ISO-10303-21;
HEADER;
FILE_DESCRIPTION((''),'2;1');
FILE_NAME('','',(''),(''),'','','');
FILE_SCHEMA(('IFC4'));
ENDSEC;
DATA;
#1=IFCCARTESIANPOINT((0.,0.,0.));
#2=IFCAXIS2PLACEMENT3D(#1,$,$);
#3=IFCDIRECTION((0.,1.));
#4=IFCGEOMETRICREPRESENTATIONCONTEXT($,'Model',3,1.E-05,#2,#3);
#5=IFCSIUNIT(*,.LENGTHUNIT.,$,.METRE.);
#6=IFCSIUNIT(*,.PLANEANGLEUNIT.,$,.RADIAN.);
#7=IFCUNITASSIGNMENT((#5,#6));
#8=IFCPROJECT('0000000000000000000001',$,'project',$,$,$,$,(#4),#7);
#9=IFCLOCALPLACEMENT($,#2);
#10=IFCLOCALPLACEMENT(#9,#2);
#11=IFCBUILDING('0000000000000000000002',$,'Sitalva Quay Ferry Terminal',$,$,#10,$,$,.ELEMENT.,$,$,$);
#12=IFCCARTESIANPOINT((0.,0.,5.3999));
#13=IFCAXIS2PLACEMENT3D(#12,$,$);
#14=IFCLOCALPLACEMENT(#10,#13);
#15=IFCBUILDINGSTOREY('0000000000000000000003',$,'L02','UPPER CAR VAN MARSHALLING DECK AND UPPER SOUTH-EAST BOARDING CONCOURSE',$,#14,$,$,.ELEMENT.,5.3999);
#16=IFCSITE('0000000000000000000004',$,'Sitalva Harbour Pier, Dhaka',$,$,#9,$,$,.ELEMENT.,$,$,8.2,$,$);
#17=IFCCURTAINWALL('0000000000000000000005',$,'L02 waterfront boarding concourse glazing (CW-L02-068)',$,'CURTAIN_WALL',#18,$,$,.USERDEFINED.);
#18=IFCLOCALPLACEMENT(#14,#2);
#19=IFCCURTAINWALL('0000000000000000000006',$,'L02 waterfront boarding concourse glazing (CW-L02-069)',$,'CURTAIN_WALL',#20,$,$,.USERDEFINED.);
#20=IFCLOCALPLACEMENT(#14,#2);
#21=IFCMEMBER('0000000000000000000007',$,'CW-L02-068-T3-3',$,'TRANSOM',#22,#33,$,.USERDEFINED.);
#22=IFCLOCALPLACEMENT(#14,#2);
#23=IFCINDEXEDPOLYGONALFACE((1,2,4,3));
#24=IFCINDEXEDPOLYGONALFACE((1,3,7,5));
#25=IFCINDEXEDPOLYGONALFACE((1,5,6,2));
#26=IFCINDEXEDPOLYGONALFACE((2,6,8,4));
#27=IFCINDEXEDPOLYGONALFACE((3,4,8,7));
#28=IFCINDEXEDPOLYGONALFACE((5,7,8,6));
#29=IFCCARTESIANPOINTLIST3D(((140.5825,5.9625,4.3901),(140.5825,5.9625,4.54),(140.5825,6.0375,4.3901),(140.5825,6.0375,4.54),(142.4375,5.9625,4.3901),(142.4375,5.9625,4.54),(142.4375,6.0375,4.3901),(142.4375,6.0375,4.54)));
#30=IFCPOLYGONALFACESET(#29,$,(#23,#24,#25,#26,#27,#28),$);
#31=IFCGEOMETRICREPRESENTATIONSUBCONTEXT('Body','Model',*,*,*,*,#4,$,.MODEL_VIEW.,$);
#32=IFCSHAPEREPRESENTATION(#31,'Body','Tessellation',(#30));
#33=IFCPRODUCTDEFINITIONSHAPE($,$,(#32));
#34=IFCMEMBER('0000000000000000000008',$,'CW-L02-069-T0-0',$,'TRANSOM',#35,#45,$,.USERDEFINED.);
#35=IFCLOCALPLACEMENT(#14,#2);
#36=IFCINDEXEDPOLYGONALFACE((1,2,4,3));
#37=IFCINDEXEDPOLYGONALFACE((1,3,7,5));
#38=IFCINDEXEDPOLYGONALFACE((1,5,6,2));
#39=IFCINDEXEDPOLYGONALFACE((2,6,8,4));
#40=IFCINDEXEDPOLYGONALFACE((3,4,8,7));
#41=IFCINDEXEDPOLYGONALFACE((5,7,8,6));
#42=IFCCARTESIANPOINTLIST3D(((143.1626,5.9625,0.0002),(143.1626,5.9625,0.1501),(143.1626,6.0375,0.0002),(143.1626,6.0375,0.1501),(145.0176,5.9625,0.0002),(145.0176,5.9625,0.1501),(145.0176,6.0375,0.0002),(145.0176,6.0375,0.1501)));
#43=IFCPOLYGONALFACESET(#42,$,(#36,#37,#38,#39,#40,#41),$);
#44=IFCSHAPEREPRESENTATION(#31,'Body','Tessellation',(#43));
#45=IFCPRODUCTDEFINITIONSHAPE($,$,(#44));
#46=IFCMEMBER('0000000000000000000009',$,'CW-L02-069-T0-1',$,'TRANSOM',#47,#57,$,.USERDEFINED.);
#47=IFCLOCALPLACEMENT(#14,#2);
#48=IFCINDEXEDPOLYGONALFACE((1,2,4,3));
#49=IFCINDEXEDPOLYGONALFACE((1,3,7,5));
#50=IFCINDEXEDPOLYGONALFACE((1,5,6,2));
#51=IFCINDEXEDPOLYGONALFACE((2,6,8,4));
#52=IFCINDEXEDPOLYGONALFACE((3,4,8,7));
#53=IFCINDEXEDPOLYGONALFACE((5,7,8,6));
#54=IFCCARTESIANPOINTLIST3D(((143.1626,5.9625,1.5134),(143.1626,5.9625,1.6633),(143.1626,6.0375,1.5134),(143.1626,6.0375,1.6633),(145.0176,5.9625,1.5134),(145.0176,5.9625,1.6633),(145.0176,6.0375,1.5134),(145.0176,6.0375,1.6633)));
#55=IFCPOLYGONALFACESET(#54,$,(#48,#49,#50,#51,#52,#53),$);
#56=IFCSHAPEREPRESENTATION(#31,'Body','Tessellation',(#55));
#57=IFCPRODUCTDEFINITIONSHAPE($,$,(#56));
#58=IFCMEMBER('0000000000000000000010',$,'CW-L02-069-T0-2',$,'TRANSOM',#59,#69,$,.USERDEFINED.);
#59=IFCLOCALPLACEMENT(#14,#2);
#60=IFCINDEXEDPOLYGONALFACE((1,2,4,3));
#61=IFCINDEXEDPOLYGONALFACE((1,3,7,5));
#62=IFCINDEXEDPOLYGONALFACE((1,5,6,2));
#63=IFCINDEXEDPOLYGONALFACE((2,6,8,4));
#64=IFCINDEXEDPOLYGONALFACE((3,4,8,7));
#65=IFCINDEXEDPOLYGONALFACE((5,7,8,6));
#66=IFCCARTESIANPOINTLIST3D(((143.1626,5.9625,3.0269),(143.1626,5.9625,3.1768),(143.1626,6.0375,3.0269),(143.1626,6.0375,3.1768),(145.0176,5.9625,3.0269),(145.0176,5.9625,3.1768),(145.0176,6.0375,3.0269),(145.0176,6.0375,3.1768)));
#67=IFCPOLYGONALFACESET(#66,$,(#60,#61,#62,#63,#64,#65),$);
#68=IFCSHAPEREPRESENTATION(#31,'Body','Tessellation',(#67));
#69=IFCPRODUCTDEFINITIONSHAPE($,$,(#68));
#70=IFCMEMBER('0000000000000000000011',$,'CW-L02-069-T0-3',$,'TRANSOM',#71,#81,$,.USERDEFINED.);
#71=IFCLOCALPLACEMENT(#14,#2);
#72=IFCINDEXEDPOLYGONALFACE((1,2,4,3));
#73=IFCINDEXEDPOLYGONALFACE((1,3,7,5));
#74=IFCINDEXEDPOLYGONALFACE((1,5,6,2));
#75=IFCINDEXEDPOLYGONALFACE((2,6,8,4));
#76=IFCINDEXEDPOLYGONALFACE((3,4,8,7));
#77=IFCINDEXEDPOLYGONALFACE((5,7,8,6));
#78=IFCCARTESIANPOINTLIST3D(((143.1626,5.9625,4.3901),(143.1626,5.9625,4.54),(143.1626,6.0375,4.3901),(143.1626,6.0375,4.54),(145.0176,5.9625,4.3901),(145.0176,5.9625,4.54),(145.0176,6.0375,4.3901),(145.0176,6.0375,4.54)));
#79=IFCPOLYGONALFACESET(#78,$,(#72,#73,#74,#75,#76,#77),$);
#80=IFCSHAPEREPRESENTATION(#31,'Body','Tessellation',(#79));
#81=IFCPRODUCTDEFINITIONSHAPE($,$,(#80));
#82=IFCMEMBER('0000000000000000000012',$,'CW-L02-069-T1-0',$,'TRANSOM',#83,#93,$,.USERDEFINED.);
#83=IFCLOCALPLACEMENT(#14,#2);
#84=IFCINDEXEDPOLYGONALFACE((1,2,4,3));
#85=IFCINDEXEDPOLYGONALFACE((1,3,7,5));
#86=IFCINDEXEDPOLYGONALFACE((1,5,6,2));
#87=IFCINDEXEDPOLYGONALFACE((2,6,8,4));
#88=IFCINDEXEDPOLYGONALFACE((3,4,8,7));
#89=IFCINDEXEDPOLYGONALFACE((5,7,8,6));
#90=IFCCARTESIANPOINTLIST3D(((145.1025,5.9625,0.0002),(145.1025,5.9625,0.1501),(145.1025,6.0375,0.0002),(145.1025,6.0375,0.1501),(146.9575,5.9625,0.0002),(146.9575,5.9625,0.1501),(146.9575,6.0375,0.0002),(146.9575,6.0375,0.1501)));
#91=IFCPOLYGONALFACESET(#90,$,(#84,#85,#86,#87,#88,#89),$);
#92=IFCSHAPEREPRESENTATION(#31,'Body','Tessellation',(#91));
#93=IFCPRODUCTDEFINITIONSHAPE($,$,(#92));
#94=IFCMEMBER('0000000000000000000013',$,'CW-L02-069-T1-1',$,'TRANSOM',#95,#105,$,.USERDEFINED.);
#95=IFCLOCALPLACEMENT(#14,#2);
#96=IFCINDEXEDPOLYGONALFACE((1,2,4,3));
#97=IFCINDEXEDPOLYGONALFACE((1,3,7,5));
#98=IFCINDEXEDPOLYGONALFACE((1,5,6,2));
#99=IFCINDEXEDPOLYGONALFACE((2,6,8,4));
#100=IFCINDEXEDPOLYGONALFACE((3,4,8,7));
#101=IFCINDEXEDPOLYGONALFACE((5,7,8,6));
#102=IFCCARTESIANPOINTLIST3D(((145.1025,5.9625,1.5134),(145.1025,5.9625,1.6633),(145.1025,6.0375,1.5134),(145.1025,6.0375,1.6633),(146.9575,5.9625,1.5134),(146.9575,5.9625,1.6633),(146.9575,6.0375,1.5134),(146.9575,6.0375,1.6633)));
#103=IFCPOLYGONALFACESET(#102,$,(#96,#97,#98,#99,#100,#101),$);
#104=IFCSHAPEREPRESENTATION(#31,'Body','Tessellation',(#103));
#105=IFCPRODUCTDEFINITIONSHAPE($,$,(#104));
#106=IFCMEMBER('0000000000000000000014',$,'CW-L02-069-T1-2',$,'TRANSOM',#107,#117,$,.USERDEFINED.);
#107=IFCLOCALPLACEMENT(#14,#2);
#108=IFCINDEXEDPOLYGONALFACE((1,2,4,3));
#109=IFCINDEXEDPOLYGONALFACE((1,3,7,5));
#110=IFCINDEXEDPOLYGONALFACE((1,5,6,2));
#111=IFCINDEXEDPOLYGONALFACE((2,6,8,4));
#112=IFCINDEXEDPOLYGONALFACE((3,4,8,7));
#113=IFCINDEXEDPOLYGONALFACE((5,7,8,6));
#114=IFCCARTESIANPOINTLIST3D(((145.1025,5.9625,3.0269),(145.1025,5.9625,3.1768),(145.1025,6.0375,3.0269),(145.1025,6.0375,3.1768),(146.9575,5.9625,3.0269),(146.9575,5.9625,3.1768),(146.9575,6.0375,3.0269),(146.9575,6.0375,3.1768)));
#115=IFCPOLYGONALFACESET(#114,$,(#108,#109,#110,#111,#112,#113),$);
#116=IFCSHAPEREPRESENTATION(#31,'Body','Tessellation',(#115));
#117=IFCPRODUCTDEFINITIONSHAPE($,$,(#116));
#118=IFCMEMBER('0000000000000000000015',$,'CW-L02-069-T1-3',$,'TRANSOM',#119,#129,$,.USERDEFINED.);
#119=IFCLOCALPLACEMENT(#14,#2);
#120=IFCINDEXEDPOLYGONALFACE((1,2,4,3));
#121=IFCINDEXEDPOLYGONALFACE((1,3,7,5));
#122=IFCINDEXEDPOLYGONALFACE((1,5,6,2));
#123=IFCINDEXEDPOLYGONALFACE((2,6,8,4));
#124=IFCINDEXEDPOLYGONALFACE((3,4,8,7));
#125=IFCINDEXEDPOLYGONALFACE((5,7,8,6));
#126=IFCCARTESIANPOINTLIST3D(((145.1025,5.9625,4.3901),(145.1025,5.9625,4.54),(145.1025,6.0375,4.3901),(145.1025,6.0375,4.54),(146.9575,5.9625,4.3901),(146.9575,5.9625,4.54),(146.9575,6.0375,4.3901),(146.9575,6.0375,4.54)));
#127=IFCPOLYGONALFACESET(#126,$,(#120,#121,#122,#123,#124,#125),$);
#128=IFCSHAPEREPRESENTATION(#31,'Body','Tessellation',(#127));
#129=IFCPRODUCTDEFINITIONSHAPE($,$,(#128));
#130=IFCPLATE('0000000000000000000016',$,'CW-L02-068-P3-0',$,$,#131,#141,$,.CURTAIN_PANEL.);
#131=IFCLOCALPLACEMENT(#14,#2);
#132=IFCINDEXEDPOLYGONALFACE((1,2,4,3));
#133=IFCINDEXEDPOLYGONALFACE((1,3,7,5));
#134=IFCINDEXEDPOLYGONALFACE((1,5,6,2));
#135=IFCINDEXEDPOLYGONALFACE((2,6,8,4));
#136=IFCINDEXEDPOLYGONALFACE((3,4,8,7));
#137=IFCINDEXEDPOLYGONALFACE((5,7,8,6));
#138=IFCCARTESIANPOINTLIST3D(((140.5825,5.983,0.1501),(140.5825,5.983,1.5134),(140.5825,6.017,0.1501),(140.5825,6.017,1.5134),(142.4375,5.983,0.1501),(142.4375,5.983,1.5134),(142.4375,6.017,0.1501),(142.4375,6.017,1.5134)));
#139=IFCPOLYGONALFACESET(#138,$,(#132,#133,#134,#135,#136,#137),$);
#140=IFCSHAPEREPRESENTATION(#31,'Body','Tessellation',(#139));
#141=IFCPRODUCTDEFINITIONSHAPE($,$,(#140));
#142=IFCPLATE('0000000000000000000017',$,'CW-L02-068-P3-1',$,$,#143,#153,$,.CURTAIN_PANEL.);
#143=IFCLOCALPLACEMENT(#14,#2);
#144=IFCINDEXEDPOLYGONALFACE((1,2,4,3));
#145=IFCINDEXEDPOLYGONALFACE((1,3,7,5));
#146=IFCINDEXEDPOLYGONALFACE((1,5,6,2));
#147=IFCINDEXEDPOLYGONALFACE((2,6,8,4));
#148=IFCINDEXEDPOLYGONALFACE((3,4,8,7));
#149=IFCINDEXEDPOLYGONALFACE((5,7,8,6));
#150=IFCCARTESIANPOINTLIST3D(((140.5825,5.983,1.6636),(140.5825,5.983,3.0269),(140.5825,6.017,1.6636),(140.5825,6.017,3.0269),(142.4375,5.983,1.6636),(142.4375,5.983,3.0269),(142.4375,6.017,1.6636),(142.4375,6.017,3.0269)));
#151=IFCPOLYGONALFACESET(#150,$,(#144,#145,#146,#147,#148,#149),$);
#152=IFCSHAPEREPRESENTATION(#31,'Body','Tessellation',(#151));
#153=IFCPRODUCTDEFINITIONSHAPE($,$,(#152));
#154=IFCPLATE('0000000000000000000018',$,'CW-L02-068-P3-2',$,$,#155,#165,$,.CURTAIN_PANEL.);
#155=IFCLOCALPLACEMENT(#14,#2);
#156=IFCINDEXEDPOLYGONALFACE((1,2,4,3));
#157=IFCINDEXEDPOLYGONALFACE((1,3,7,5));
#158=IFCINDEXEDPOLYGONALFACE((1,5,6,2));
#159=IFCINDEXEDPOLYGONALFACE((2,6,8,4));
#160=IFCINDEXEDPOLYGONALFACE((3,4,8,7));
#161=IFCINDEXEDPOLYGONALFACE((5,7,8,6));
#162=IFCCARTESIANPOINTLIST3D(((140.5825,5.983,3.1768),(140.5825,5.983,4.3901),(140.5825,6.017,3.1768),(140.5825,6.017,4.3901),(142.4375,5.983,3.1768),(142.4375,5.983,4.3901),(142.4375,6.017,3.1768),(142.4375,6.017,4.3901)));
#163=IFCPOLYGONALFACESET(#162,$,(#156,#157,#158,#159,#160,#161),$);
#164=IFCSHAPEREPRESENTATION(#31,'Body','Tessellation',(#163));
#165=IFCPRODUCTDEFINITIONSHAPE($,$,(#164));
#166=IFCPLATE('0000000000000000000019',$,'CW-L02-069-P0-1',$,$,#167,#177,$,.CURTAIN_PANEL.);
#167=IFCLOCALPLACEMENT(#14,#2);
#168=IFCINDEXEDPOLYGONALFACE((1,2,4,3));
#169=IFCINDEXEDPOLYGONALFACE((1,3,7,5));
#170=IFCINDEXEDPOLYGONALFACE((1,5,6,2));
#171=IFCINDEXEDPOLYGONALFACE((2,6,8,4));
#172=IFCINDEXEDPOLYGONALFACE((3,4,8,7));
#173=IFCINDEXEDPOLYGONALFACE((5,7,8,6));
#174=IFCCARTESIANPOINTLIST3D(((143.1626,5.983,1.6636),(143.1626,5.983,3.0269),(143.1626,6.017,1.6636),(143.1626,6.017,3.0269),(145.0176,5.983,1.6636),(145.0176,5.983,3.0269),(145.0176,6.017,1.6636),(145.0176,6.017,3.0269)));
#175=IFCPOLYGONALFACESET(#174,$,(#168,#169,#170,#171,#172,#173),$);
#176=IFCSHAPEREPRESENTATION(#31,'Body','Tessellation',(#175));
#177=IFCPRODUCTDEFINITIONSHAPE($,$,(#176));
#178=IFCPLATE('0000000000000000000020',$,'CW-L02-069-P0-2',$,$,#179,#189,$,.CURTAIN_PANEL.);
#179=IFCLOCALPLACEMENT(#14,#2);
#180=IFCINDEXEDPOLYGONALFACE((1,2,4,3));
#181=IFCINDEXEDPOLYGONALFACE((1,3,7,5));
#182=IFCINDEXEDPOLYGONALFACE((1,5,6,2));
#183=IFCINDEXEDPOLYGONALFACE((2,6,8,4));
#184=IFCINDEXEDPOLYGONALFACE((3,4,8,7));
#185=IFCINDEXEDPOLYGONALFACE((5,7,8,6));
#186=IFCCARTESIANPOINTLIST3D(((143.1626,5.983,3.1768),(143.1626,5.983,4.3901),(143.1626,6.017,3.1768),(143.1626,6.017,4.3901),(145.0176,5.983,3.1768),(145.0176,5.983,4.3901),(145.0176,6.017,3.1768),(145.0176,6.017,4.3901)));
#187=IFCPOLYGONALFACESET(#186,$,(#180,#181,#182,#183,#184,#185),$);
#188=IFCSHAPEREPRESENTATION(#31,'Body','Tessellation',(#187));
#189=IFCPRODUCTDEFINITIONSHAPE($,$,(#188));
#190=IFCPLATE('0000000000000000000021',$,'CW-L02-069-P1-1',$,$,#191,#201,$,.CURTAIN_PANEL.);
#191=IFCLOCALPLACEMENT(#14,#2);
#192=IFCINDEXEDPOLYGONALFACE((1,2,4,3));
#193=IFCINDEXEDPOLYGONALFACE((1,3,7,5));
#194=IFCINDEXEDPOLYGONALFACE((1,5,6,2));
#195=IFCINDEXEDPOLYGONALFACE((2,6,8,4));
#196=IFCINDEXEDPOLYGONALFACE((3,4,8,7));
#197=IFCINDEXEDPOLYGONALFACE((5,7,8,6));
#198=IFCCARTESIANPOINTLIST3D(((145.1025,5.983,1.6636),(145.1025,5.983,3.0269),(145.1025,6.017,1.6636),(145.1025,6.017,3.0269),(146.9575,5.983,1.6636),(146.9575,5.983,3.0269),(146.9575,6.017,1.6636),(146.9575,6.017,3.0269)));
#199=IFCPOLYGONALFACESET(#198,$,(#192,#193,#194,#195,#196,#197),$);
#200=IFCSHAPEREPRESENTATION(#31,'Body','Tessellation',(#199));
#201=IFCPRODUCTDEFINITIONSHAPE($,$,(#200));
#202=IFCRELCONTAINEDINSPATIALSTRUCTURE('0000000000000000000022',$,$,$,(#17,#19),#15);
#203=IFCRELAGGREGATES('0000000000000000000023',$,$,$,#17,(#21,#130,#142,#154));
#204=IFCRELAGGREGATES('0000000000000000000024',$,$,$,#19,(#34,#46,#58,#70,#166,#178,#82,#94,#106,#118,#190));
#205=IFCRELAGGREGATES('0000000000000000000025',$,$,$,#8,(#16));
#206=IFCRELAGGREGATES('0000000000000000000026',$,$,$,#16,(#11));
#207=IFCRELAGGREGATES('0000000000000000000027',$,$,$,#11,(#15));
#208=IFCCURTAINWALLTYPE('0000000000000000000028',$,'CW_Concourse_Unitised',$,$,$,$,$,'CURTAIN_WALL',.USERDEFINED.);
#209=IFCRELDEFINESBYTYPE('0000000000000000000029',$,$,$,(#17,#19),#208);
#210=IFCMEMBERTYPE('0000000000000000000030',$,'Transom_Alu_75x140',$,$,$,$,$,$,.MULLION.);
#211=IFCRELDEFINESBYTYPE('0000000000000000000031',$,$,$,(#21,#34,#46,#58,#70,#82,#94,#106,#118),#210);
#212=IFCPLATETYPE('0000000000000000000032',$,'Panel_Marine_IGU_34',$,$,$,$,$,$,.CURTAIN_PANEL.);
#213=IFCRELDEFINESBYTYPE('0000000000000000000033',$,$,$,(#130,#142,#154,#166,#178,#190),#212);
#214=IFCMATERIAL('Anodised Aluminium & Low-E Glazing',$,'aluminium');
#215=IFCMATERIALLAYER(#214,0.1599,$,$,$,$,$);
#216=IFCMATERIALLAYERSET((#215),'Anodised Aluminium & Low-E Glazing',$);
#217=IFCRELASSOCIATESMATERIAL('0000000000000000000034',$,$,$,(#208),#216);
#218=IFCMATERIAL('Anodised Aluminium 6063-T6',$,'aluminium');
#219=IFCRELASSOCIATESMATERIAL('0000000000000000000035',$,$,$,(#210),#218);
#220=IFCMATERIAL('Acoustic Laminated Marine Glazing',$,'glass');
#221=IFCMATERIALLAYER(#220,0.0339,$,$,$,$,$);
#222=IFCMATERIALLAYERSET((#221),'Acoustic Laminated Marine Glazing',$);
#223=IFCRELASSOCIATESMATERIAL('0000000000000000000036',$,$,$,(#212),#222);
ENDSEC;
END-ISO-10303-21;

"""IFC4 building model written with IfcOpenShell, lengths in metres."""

from ifc_helpers import new_model, si_unit, direction, frame, origin, origin_2d, place, context, subcontext, project, spatial, rectangle, extrude, material, layer, layer_set, material_profile, profile_set, type_object, element, aggregate, save


model = new_model("IFC4")

# Units and contexts
model_context = context("Model", 3, precision=1e-05, world=origin(), true_north=direction((0.0, 1.0)))
body_context = subcontext(model_context, "Body", "Model", "MODEL_VIEW")
ifc_project = project(units=[si_unit("LENGTHUNIT", "METRE"), si_unit("PLANEANGLEUNIT", "RADIAN")], contexts=[model_context])

# Site, building, storey
site_placement = place(None, origin())
site = spatial("IfcSite", under=ifc_project, at=site_placement, Name="Sitalva Harbour Pier, Dhaka", CompositionType="ELEMENT", RefElevation=8.2)
building_placement = place(site_placement, origin())
building = spatial("IfcBuilding", under=site, at=building_placement, Name="Sitalva Quay Ferry Terminal", CompositionType="ELEMENT")
storey_placement = place(building_placement, frame((0.0, 0.0, 5.3999)))
storey = spatial("IfcBuildingStorey", under=building, at=storey_placement, Name="L02", Description="UPPER CAR VAN MARSHALLING DECK AND UPPER SOUTH-EAST BOARDING CONCOURSE", CompositionType="ELEMENT", Elevation=5.3999)

# Curtain wall
ifc_material_1 = material(Name="Anodised Aluminium & Low-E Glazing", Category="aluminium")
ifc_layer_1 = layer(ifc_material_1, 0.1599)
ifc_layer_set_1 = layer_set([ifc_layer_1], Name="Anodised Aluminium & Low-E Glazing")
curtain_wall_type = type_object("IfcCurtainWallType", Name="CW_Concourse_Unitised", ElementType="CURTAIN_WALL", PredefinedType="USERDEFINED", material=ifc_layer_set_1)
curtain_wall_1_placement = place(storey_placement, origin())
curtain_wall_1 = element("IfcCurtainWall", 1, at=curtain_wall_1_placement, inside=storey, type_object=curtain_wall_type, Name="L02 waterfront boarding concourse glazing (CW-L02-068)", ObjectType="CURTAIN_WALL", PredefinedType="USERDEFINED")

# Curtain wall
curtain_wall_2_placement = place(storey_placement, origin())
curtain_wall_2 = element("IfcCurtainWall", 2, at=curtain_wall_2_placement, inside=storey, type_object=curtain_wall_type, Name="L02 waterfront boarding concourse glazing (CW-L02-069)", ObjectType="CURTAIN_WALL", PredefinedType="USERDEFINED")

# Members
ifc_material_2 = material(Name="Anodised Aluminium 6063-T6", Category="aluminium")
ifc_material_profile_1 = material_profile(ifc_material_2, rectangle(XDim=0.075, YDim=0.1499, at=origin_2d()), Name="ALU75x150")
ifc_profile_set_1 = profile_set([ifc_material_profile_1], Name="Anodised Aluminium 6063-T6")
member_type_1 = type_object("IfcMemberType", Name="Transom_Alu_75x140", PredefinedType="MULLION", material=ifc_profile_set_1)
member_1_placement = place(storey_placement, frame((140.5825, 6.0, 4.4651), z_axis=(1.0, 0.0, 0.0), x_axis=(0.0, 1.0, 0.0)))
member_1 = element("IfcMember", 3, at=member_1_placement, type_object=member_type_1, Name="CW-L02-068-T3-3", ObjectType="TRANSOM", PredefinedType="USERDEFINED", context=body_context, shape_type="SweptSolid", body=[
    extrude(rectangle(XDim=0.075, YDim=0.1499, at=origin_2d()), origin(), (0.0, 0.0, 1.0), 1.855),
])
member_2_placement = place(storey_placement, frame((143.1626, 6.0, 0.0752), z_axis=(1.0, 0.0, 0.0), x_axis=(0.0, 1.0, 0.0)))
member_2 = element("IfcMember", 4, at=member_2_placement, type_object=member_type_1, Name="CW-L02-069-T0-0", ObjectType="TRANSOM", PredefinedType="USERDEFINED", context=body_context, shape_type="SweptSolid", body=[
    extrude(rectangle(XDim=0.075, YDim=0.1499, at=origin_2d()), origin(), (0.0, 0.0, 1.0), 1.855),
])
member_3_placement = place(storey_placement, frame((143.1626, 6.0, 1.5884), z_axis=(1.0, 0.0, 0.0), x_axis=(0.0, 1.0, 0.0)))
member_3 = element("IfcMember", 5, at=member_3_placement, type_object=member_type_1, Name="CW-L02-069-T0-1", ObjectType="TRANSOM", PredefinedType="USERDEFINED", context=body_context, shape_type="SweptSolid", body=[
    extrude(rectangle(XDim=0.075, YDim=0.1499, at=origin_2d()), origin(), (0.0, 0.0, 1.0), 1.855),
])
member_4_placement = place(storey_placement, frame((143.1626, 6.0, 3.1018), z_axis=(1.0, 0.0, 0.0), x_axis=(0.0, 1.0, 0.0)))
member_4 = element("IfcMember", 6, at=member_4_placement, type_object=member_type_1, Name="CW-L02-069-T0-2", ObjectType="TRANSOM", PredefinedType="USERDEFINED", context=body_context, shape_type="SweptSolid", body=[
    extrude(rectangle(XDim=0.075, YDim=0.1499, at=origin_2d()), origin(), (0.0, 0.0, 1.0), 1.855),
])
member_5_placement = place(storey_placement, frame((143.1626, 6.0, 4.4651), z_axis=(1.0, 0.0, 0.0), x_axis=(0.0, 1.0, 0.0)))
member_5 = element("IfcMember", 7, at=member_5_placement, type_object=member_type_1, Name="CW-L02-069-T0-3", ObjectType="TRANSOM", PredefinedType="USERDEFINED", context=body_context, shape_type="SweptSolid", body=[
    extrude(rectangle(XDim=0.075, YDim=0.1499, at=origin_2d()), origin(), (0.0, 0.0, 1.0), 1.855),
])
member_6_placement = place(storey_placement, frame((145.1025, 6.0, 0.0752), z_axis=(1.0, 0.0, 0.0), x_axis=(0.0, 1.0, 0.0)))
member_6 = element("IfcMember", 8, at=member_6_placement, type_object=member_type_1, Name="CW-L02-069-T1-0", ObjectType="TRANSOM", PredefinedType="USERDEFINED", context=body_context, shape_type="SweptSolid", body=[
    extrude(rectangle(XDim=0.075, YDim=0.1499, at=origin_2d()), origin(), (0.0, 0.0, 1.0), 1.855),
])
member_7_placement = place(storey_placement, frame((145.1025, 6.0, 1.5884), z_axis=(1.0, 0.0, 0.0), x_axis=(0.0, 1.0, 0.0)))
member_7 = element("IfcMember", 9, at=member_7_placement, type_object=member_type_1, Name="CW-L02-069-T1-1", ObjectType="TRANSOM", PredefinedType="USERDEFINED", context=body_context, shape_type="SweptSolid", body=[
    extrude(rectangle(XDim=0.075, YDim=0.1499, at=origin_2d()), origin(), (0.0, 0.0, 1.0), 1.855),
])
member_8_placement = place(storey_placement, frame((145.1025, 6.0, 3.1018), z_axis=(1.0, 0.0, 0.0), x_axis=(0.0, 1.0, 0.0)))
member_8 = element("IfcMember", 10, at=member_8_placement, type_object=member_type_1, Name="CW-L02-069-T1-2", ObjectType="TRANSOM", PredefinedType="USERDEFINED", context=body_context, shape_type="SweptSolid", body=[
    extrude(rectangle(XDim=0.075, YDim=0.1499, at=origin_2d()), origin(), (0.0, 0.0, 1.0), 1.855),
])
member_9_placement = place(storey_placement, frame((145.1025, 6.0, 4.4651), z_axis=(1.0, 0.0, 0.0), x_axis=(0.0, 1.0, 0.0)))
member_9 = element("IfcMember", 11, at=member_9_placement, type_object=member_type_1, Name="CW-L02-069-T1-3", ObjectType="TRANSOM", PredefinedType="USERDEFINED", context=body_context, shape_type="SweptSolid", body=[
    extrude(rectangle(XDim=0.075, YDim=0.1499, at=origin_2d()), origin(), (0.0, 0.0, 1.0), 1.855),
])

# Plates
ifc_material_3 = material(Name="Acoustic Laminated Marine Glazing", Category="glass")
ifc_layer_2 = layer(ifc_material_3, 0.0339)
ifc_layer_set_2 = layer_set([ifc_layer_2], Name="Acoustic Laminated Marine Glazing")
plate_type_1 = type_object("IfcPlateType", Name="Panel_Marine_IGU_34", PredefinedType="CURTAIN_PANEL", material=ifc_layer_set_2)
plate_1_placement = place(storey_placement, frame((141.51, 6.0, 0.1501), z_axis=(0.0, 0.0, 1.0), x_axis=(1.0, 0.0, 0.0)))
plate_1 = element("IfcPlate", 12, at=plate_1_placement, type_object=plate_type_1, Name="CW-L02-068-P3-0", PredefinedType="CURTAIN_PANEL", context=body_context, shape_type="SweptSolid", body=[
    extrude(rectangle(XDim=1.855, YDim=0.0339, at=origin_2d()), origin(), (0.0, 0.0, 1.0), 1.3633),
])
plate_2_placement = place(storey_placement, frame((141.51, 6.0, 1.6636), z_axis=(0.0, 0.0, 1.0), x_axis=(1.0, 0.0, 0.0)))
plate_2 = element("IfcPlate", 13, at=plate_2_placement, type_object=plate_type_1, Name="CW-L02-068-P3-1", PredefinedType="CURTAIN_PANEL", context=body_context, shape_type="SweptSolid", body=[
    extrude(rectangle(XDim=1.855, YDim=0.0339, at=origin_2d()), origin(), (0.0, 0.0, 1.0), 1.3633),
])
plate_3_placement = place(storey_placement, frame((141.51, 6.0, 3.1768), z_axis=(0.0, 0.0, 1.0), x_axis=(1.0, 0.0, 0.0)))
plate_3 = element("IfcPlate", 14, at=plate_3_placement, type_object=plate_type_1, Name="CW-L02-068-P3-2", PredefinedType="CURTAIN_PANEL", context=body_context, shape_type="SweptSolid", body=[
    extrude(rectangle(XDim=1.855, YDim=0.0339, at=origin_2d()), origin(), (0.0, 0.0, 1.0), 1.2134),
])
aggregate(curtain_wall_1, [member_1, plate_1, plate_2, plate_3])
plate_4_placement = place(storey_placement, frame((144.0901, 6.0, 1.6636), z_axis=(0.0, 0.0, 1.0), x_axis=(1.0, 0.0, 0.0)))
plate_4 = element("IfcPlate", 15, at=plate_4_placement, type_object=plate_type_1, Name="CW-L02-069-P0-1", PredefinedType="CURTAIN_PANEL", context=body_context, shape_type="SweptSolid", body=[
    extrude(rectangle(XDim=1.855, YDim=0.0339, at=origin_2d()), origin(), (0.0, 0.0, 1.0), 1.3633),
])
plate_5_placement = place(storey_placement, frame((144.0901, 6.0, 3.1768), z_axis=(0.0, 0.0, 1.0), x_axis=(1.0, 0.0, 0.0)))
plate_5 = element("IfcPlate", 16, at=plate_5_placement, type_object=plate_type_1, Name="CW-L02-069-P0-2", PredefinedType="CURTAIN_PANEL", context=body_context, shape_type="SweptSolid", body=[
    extrude(rectangle(XDim=1.855, YDim=0.0339, at=origin_2d()), origin(), (0.0, 0.0, 1.0), 1.2134),
])
plate_6_placement = place(storey_placement, frame((146.03, 6.0, 1.6636), z_axis=(0.0, 0.0, 1.0), x_axis=(1.0, 0.0, 0.0)))
plate_6 = element("IfcPlate", 17, at=plate_6_placement, type_object=plate_type_1, Name="CW-L02-069-P1-1", PredefinedType="CURTAIN_PANEL", context=body_context, shape_type="SweptSolid", body=[
    extrude(rectangle(XDim=1.855, YDim=0.0339, at=origin_2d()), origin(), (0.0, 0.0, 1.0), 1.3633),
])
aggregate(curtain_wall_2, [member_2, member_3, member_4, member_5, plate_4, plate_5, member_6, member_7, member_8, member_9, plate_6])

save(model, "model.ifc")
